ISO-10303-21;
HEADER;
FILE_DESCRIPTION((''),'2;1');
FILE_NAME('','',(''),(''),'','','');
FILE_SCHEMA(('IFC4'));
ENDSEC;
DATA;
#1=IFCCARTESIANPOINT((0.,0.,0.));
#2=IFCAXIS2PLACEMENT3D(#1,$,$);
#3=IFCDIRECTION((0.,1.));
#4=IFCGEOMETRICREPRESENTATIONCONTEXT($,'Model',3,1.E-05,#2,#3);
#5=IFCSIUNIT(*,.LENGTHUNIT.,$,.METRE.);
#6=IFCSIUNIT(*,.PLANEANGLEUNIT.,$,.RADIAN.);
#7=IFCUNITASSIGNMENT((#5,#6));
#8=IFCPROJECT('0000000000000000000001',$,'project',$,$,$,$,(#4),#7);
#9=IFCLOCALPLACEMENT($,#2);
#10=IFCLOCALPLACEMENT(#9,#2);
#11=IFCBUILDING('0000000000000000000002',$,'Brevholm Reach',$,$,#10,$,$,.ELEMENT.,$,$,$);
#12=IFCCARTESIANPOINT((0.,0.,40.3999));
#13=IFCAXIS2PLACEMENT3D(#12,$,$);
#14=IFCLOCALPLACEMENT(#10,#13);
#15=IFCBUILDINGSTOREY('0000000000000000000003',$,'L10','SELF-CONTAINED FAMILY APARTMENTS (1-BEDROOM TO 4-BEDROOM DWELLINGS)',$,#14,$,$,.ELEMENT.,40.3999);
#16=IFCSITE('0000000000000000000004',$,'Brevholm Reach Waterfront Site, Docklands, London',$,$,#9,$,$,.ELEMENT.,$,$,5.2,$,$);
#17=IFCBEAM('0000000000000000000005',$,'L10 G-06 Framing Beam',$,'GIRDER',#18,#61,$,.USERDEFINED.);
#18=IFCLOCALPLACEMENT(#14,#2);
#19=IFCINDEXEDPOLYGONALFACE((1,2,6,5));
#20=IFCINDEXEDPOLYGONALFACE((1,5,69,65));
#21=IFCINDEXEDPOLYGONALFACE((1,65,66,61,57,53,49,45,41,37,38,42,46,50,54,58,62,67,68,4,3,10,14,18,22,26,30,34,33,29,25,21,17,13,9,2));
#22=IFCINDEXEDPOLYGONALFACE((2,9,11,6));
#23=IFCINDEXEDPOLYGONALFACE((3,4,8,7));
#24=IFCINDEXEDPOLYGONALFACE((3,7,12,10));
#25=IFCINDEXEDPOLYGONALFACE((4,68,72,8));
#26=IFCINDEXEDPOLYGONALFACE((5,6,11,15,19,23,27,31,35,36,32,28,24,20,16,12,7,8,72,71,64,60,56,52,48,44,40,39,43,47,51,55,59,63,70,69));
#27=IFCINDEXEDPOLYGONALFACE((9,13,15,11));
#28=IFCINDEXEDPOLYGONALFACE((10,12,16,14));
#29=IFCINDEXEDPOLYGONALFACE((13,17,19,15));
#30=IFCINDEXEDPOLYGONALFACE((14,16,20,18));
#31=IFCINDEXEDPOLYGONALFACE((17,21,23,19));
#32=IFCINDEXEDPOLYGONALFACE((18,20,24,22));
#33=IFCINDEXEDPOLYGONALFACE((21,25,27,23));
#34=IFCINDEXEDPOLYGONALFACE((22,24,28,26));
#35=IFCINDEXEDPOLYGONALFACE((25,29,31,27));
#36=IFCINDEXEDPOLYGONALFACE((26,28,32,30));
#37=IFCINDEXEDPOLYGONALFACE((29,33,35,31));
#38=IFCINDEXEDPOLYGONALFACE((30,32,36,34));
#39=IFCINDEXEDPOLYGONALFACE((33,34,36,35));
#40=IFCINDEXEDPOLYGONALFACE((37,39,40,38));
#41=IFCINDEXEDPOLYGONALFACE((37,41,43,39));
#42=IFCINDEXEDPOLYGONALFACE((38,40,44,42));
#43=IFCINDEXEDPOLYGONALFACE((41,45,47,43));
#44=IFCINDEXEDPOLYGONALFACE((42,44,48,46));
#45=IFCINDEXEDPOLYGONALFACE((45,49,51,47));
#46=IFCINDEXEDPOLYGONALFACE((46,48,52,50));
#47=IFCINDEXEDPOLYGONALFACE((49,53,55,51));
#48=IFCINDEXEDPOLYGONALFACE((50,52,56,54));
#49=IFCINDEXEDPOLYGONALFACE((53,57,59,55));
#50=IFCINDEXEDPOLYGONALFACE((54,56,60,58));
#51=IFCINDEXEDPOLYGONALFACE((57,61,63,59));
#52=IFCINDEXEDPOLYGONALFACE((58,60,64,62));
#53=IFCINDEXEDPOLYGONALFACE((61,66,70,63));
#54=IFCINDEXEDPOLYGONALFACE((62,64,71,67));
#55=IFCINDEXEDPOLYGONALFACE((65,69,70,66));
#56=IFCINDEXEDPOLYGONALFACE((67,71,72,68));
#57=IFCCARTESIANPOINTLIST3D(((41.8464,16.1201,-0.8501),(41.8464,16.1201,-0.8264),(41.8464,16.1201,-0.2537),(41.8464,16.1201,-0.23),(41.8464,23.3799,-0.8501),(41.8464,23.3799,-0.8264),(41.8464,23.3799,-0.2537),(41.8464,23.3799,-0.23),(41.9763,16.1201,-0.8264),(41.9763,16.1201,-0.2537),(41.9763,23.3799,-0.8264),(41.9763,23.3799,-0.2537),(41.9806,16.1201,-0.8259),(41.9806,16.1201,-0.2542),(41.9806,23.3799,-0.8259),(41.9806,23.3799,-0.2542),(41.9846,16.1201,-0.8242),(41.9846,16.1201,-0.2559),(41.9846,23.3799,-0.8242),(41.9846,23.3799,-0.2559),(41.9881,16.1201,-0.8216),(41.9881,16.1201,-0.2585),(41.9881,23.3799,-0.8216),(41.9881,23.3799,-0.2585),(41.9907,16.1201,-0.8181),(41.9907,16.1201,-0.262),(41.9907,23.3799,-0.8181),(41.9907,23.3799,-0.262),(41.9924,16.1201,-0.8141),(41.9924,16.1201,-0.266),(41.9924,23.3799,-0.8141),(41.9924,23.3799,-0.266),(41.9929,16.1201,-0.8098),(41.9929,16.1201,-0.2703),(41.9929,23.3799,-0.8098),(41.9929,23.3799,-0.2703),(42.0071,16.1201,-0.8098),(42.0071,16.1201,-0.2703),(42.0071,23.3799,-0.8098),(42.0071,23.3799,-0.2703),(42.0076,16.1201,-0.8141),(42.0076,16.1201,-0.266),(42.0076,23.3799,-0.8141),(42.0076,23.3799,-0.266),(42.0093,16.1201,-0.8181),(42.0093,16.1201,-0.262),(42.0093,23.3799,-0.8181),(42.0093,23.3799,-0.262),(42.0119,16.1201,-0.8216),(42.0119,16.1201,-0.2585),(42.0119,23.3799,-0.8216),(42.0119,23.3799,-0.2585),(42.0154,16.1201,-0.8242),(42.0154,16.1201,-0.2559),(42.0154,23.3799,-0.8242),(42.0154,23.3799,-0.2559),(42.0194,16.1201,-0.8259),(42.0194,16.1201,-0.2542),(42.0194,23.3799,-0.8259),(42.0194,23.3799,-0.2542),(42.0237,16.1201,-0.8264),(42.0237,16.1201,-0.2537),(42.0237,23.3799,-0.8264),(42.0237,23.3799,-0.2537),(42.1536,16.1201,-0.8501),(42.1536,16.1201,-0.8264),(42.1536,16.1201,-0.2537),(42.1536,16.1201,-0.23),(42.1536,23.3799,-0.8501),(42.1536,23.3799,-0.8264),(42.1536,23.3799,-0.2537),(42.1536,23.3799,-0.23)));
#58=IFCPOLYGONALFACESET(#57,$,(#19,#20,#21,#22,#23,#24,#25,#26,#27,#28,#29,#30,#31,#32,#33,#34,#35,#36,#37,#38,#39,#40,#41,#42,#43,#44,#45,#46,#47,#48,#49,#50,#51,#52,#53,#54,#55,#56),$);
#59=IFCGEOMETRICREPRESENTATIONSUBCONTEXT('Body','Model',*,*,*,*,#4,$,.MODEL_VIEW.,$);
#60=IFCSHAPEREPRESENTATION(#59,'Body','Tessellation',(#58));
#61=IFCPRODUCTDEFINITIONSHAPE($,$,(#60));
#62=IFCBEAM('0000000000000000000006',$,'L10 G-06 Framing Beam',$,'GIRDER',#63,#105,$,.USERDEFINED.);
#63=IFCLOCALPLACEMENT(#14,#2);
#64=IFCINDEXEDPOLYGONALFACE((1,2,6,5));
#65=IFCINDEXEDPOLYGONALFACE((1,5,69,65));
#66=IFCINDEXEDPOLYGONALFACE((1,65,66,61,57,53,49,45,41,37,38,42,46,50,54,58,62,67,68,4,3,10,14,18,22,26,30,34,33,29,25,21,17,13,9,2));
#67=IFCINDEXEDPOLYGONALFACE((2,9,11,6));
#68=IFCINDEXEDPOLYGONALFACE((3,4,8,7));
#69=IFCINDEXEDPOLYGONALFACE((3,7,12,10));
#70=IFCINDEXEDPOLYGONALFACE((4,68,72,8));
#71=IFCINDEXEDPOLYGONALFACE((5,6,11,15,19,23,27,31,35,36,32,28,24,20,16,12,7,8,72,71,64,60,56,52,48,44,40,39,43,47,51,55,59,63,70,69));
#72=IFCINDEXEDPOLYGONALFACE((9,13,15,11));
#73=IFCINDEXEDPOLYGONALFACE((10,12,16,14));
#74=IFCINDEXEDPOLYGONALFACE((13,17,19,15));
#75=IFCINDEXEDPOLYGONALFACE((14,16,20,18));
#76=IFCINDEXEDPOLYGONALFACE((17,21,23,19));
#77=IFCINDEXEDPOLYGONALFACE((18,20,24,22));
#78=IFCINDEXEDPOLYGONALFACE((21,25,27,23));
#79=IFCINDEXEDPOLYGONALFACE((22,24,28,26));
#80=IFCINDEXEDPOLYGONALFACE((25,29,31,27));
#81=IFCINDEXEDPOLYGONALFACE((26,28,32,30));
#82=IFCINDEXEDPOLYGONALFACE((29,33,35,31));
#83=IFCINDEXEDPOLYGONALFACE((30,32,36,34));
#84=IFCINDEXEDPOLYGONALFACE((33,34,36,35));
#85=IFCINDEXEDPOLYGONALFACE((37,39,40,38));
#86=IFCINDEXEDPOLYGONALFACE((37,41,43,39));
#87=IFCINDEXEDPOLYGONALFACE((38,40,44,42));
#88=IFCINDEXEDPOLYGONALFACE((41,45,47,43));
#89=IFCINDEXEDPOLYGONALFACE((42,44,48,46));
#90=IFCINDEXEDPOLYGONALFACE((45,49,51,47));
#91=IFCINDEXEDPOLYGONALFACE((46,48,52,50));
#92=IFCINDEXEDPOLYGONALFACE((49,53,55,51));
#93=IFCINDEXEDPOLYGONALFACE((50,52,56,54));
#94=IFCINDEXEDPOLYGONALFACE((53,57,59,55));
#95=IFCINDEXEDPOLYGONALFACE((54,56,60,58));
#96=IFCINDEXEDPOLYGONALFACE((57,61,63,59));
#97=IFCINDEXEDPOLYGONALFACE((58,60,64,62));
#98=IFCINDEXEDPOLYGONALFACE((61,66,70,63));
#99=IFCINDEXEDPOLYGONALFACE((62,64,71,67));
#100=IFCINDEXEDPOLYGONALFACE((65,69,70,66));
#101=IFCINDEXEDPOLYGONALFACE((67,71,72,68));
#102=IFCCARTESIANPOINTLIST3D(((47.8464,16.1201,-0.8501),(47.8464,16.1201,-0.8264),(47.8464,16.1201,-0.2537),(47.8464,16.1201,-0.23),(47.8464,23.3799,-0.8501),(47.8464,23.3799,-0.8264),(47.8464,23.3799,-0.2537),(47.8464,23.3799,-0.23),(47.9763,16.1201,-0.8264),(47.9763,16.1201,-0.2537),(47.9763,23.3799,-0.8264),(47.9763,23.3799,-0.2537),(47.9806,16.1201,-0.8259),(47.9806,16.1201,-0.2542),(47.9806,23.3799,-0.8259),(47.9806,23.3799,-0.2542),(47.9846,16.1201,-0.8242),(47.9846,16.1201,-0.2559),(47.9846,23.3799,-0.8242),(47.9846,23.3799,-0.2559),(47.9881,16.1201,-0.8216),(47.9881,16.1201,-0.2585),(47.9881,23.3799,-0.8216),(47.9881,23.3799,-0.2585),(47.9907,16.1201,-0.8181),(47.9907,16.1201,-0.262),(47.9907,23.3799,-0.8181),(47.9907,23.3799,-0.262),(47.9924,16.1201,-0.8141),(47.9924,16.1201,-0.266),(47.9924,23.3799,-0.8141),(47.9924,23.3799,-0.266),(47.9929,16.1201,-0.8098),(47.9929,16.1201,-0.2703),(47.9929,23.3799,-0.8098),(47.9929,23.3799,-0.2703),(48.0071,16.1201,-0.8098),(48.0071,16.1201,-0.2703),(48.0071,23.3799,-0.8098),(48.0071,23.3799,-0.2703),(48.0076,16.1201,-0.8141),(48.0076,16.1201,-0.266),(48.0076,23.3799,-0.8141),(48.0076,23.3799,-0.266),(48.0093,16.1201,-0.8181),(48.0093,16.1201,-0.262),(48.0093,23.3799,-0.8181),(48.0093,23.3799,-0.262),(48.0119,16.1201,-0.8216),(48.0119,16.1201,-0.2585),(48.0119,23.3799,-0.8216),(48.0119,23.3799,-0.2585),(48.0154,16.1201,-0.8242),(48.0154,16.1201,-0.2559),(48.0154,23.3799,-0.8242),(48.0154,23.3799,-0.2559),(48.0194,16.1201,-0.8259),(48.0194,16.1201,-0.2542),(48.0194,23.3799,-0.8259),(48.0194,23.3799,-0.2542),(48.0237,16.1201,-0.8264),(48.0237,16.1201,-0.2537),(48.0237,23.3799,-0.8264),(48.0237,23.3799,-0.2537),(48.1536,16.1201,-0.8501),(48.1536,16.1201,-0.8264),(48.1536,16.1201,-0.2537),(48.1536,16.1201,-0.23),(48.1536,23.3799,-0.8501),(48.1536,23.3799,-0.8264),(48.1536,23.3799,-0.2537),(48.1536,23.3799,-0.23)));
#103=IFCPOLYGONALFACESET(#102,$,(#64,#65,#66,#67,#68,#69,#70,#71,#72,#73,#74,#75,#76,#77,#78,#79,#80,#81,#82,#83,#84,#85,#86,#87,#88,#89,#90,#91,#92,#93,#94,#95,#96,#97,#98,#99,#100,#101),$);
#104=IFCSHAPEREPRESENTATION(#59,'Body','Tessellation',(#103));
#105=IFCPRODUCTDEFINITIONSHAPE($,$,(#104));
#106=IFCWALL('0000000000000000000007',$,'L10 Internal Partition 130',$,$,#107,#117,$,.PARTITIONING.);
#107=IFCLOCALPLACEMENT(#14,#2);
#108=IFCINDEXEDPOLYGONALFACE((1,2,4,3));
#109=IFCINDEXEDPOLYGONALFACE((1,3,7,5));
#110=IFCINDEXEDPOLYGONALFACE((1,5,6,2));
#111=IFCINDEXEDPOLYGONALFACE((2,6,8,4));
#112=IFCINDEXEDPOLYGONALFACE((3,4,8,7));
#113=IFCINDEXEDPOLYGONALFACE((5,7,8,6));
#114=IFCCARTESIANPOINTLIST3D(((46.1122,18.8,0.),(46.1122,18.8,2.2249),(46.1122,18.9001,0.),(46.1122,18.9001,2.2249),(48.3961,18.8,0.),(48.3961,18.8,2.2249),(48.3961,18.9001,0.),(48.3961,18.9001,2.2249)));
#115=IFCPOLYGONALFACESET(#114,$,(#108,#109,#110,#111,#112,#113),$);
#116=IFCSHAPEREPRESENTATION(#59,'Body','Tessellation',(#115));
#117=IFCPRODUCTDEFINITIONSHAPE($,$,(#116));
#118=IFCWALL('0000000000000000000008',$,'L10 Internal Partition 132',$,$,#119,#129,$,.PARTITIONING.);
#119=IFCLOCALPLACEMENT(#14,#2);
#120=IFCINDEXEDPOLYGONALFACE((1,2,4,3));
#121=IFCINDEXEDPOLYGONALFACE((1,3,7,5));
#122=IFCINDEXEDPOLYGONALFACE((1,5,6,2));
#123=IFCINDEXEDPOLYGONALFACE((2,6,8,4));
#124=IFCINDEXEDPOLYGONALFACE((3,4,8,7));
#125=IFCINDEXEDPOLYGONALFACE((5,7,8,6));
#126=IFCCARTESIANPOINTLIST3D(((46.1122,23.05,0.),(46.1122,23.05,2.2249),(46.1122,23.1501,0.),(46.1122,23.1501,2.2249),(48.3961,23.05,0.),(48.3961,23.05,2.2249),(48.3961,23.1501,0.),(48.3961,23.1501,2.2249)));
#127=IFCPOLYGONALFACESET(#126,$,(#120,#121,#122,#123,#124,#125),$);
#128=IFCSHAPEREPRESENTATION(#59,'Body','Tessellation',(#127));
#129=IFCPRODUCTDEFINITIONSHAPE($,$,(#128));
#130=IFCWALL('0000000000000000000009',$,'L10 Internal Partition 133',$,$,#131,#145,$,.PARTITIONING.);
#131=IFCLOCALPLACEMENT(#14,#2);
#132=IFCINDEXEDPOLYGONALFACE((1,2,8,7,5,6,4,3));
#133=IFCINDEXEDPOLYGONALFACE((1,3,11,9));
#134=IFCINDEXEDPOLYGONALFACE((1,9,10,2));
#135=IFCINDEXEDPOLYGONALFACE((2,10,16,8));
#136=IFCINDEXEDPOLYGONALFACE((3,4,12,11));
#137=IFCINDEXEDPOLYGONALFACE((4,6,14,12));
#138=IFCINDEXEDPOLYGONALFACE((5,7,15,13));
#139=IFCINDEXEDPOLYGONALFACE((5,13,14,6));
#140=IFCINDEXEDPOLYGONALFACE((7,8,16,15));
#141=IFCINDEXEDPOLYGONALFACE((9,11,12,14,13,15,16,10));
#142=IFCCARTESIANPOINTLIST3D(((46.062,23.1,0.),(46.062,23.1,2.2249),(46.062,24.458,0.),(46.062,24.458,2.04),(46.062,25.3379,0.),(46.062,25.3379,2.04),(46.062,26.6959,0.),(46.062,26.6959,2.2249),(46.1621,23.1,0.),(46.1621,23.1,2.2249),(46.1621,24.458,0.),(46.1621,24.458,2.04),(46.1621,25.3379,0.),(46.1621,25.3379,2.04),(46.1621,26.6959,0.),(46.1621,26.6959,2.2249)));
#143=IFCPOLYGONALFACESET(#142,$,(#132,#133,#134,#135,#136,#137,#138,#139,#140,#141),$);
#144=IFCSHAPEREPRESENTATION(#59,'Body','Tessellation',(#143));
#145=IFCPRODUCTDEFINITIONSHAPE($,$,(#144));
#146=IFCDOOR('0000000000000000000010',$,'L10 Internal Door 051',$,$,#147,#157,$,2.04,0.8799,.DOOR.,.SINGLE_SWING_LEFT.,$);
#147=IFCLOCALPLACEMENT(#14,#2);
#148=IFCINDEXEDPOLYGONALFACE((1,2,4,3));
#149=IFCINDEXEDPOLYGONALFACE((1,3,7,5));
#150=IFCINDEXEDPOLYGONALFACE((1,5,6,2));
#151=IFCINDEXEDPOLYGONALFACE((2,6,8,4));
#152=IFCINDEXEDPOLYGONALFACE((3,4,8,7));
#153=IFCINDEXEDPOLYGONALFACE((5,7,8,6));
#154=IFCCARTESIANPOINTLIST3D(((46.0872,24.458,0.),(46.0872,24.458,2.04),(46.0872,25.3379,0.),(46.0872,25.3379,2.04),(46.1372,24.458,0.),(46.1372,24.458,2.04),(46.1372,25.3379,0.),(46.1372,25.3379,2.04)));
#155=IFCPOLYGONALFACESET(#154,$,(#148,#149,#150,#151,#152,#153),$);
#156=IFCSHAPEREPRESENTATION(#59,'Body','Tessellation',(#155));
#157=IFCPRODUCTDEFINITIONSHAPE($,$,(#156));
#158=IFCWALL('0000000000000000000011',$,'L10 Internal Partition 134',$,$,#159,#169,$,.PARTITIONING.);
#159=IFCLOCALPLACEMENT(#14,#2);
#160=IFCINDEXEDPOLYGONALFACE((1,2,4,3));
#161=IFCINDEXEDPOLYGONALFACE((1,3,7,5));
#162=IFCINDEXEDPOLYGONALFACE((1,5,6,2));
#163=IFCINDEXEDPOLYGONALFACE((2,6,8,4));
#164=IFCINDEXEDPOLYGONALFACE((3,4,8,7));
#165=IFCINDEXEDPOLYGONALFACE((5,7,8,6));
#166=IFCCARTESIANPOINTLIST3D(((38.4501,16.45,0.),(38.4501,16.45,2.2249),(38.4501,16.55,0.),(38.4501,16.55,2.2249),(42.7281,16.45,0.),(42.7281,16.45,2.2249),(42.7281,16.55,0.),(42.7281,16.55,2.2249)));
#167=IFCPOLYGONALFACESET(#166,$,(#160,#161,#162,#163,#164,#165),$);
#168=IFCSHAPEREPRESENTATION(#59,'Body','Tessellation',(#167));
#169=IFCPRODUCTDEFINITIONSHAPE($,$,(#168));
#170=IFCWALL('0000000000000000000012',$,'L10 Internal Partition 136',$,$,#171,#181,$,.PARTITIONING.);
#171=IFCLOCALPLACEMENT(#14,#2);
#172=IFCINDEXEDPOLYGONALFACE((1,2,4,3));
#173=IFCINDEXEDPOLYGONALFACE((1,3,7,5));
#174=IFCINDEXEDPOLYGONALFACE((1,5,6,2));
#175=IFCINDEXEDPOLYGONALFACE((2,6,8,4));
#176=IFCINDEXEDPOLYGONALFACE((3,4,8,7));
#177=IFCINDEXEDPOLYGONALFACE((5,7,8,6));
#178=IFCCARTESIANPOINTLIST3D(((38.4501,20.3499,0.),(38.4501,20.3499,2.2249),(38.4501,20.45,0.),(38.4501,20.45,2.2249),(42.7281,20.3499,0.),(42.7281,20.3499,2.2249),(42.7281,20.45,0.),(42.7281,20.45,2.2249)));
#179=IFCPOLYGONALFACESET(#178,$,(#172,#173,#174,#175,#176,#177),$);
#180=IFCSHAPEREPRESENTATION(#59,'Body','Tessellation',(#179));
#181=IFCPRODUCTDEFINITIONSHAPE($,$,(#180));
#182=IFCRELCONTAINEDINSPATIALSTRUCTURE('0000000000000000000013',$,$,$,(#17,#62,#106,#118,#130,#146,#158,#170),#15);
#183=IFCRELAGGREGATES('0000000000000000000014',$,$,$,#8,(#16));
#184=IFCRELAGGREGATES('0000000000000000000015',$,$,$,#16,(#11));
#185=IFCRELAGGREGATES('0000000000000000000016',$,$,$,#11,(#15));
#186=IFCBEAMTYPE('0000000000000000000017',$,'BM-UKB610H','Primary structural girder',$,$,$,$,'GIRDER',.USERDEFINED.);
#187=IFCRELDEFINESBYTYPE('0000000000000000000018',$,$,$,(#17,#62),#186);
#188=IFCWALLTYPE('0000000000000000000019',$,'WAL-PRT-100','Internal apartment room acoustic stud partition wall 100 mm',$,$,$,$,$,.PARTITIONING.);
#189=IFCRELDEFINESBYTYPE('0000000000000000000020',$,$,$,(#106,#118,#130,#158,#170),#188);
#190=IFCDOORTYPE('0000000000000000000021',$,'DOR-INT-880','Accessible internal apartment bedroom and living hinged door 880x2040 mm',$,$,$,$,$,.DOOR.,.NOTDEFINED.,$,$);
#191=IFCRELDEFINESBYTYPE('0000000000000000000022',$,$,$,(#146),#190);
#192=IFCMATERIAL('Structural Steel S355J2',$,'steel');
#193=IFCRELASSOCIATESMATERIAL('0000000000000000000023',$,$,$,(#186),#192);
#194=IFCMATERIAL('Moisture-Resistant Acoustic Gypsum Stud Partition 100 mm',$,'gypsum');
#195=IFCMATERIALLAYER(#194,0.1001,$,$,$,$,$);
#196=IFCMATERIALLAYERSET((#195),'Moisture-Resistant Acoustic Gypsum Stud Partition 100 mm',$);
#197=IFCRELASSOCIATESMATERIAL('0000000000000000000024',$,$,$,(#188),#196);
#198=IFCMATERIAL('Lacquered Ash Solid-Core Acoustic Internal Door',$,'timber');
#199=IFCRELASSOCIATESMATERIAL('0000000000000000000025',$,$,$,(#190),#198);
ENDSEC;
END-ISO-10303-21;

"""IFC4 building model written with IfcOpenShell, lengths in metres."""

from ifc_helpers import new_model, si_unit, direction, frame, frame_2d, origin, origin_2d, place, context, subcontext, project, spatial, rectangle, i_section, extrude, material, layer, layer_set, material_profile, profile_set, type_object, element, fill, save


model = new_model("IFC4")

# Units and contexts
model_context = context("Model", 3, precision=1e-05, world=origin(), true_north=direction((0.0, 1.0)))
body_context = subcontext(model_context, "Body", "Model", "MODEL_VIEW")
ifc_project = project(units=[si_unit("LENGTHUNIT", "METRE"), si_unit("PLANEANGLEUNIT", "RADIAN")], contexts=[model_context])

# Site, building, storey
site_placement = place(None, origin())
site = spatial("IfcSite", under=ifc_project, at=site_placement, Name="Brevholm Reach Waterfront Site, Docklands, London", CompositionType="ELEMENT", RefElevation=5.2)
building_placement = place(site_placement, origin())
building = spatial("IfcBuilding", under=site, at=building_placement, Name="Brevholm Reach", CompositionType="ELEMENT")
storey_placement = place(building_placement, frame((0.0, 0.0, 40.3999)))
storey = spatial("IfcBuildingStorey", under=building, at=storey_placement, Name="L10", Description="SELF-CONTAINED FAMILY APARTMENTS (1-BEDROOM TO 4-BEDROOM DWELLINGS)", CompositionType="ELEMENT", Elevation=40.3999)

# Beams
ifc_material_1 = material(Name="Structural Steel S355J2", Category="steel")
ifc_material_profile_1 = material_profile(ifc_material_1, i_section(OverallWidth=0.3071, OverallDepth=0.6201, WebThickness=0.0142, FlangeThickness=0.0237, FilletRadius=0.0166, at=origin_2d()), Name="UKB 610x305x179")
ifc_profile_set_1 = profile_set([ifc_material_profile_1], Name="Structural Steel S355J2")
beam_type_1 = type_object("IfcBeamType", Name="BM-UKB610H", Description="Primary structural girder", ElementType="GIRDER", PredefinedType="USERDEFINED", material=ifc_profile_set_1)
for number, where, z_axis, x_axis, name in (
    (1, (42.0, 16.1201, -0.54), (0.0, 1.0, 0.0), (-1.0, 0.0, 0.0), "L10 G-06 Framing Beam"),
    (2, (48.0, 16.1201, -0.54), (0.0, 1.0, 0.0), (-1.0, 0.0, 0.0), "L10 G-06 Framing Beam"),
):
    element("IfcBeam", number, at=place(storey_placement, frame(where, z_axis=z_axis, x_axis=x_axis)), inside=storey, type_object=beam_type_1, Name=name, ObjectType="GIRDER", PredefinedType="USERDEFINED", context=body_context, shape_type="SweptSolid", body=[
        extrude(i_section(OverallWidth=0.3071, OverallDepth=0.6201, WebThickness=0.0142, FlangeThickness=0.0237, FilletRadius=0.0166, at=origin_2d()), origin(), (0.0, 0.0, 1.0), 7.2598),
    ])

# Walls
ifc_material_2 = material(Name="Moisture-Resistant Acoustic Gypsum Stud Partition 100 mm", Category="gypsum")
ifc_layer = layer(ifc_material_2, 0.1001)
ifc_layer_set = layer_set([ifc_layer], Name="Moisture-Resistant Acoustic Gypsum Stud Partition 100 mm")
wall_type = type_object("IfcWallType", Name="WAL-PRT-100", Description="Internal apartment room acoustic stud partition wall 100 mm", PredefinedType="PARTITIONING", material=ifc_layer_set)
for number, where, z_axis, x_axis, name in (
    (3, (46.1121, 18.8501, 0.0), (0.0, 0.0, 1.0), (1.0, 0.0, 0.0), "L10 Internal Partition 130"),
    (4, (46.1121, 23.1001, 0.0), (0.0, 0.0, 1.0), (1.0, 0.0, 0.0), "L10 Internal Partition 132"),
):
    element("IfcWall", number, at=place(storey_placement, frame(where, z_axis=z_axis, x_axis=x_axis)), inside=storey, type_object=wall_type, Name=name, PredefinedType="PARTITIONING", context=body_context, shape_type="SweptSolid", body=[
        extrude(rectangle(XDim=2.2839, YDim=0.1001, at=frame_2d((1.1421, 0.0))), origin(), (0.0, 0.0, 1.0), 2.2249),
    ])

# Wall, opening, door
wall_1_placement = place(storey_placement, frame((46.1121, 23.1001, 0.0), z_axis=(0.0, 0.0, 1.0), x_axis=(0.0, 1.0, 0.0)))
wall_1 = element("IfcWall", 5, at=wall_1_placement, inside=storey, type_object=wall_type, Name="L10 Internal Partition 133", PredefinedType="PARTITIONING", context=body_context, shape_type="SweptSolid", body=[
    extrude(rectangle(XDim=3.5959, YDim=0.1001, at=frame_2d((1.7979, 0.0))), origin(), (0.0, 0.0, 1.0), 2.2249),
])
opening_1_placement = place(wall_1_placement, frame((1.3579, 0.0, 0.0)))
opening_1 = element("IfcOpeningElement", 6, at=opening_1_placement, cuts=wall_1, PredefinedType="OPENING", context=body_context, shape_type="SweptSolid", body=[
    extrude(rectangle(XDim=0.8799, YDim=2.04, at=frame_2d((0.4399, 1.02))), frame((0.0, 0.0601, 0.0), z_axis=(0.0, -1.0, 0.0), x_axis=(1.0, 0.0, 0.0)), (0.0, 0.0, 1.0), 0.1201),
])
ifc_material_3 = material(Name="Lacquered Ash Solid-Core Acoustic Internal Door", Category="timber")
door_type = type_object("IfcDoorType", Name="DOR-INT-880", Description="Accessible internal apartment bedroom and living hinged door 880x2040 mm", OperationType="NOTDEFINED", PredefinedType="DOOR", material=ifc_material_3)
door_1_placement = place(opening_1_placement, origin())
door_1 = element("IfcDoor", 7, at=door_1_placement, inside=storey, type_object=door_type, Name="L10 Internal Door 051", OperationType="SINGLE_SWING_LEFT", OverallHeight=2.04, OverallWidth=0.8799, PredefinedType="DOOR", context=body_context, shape_type="SweptSolid", body=[
    extrude(rectangle(XDim=0.8799, YDim=2.04, at=frame_2d((0.4399, 1.02))), frame((0.0, 0.0249, 0.0), z_axis=(0.0, -1.0, 0.0), x_axis=(1.0, 0.0, 0.0)), (0.0, 0.0, 1.0), 0.05),
])
fill(opening_1, door_1)

# Walls
for number, where, z_axis, x_axis, name in (
    (8, (38.45, 16.5, 0.0), (0.0, 0.0, 1.0), (1.0, 0.0, 0.0), "L10 Internal Partition 134"),
    (9, (38.45, 20.3999, 0.0), (0.0, 0.0, 1.0), (1.0, 0.0, 0.0), "L10 Internal Partition 136"),
):
    element("IfcWall", number, at=place(storey_placement, frame(where, z_axis=z_axis, x_axis=x_axis)), inside=storey, type_object=wall_type, Name=name, PredefinedType="PARTITIONING", context=body_context, shape_type="SweptSolid", body=[
        extrude(rectangle(XDim=4.2781, YDim=0.1001, at=frame_2d((2.1392, 0.0))), origin(), (0.0, 0.0, 1.0), 2.2249),
    ])

save(model, "model.ifc")
